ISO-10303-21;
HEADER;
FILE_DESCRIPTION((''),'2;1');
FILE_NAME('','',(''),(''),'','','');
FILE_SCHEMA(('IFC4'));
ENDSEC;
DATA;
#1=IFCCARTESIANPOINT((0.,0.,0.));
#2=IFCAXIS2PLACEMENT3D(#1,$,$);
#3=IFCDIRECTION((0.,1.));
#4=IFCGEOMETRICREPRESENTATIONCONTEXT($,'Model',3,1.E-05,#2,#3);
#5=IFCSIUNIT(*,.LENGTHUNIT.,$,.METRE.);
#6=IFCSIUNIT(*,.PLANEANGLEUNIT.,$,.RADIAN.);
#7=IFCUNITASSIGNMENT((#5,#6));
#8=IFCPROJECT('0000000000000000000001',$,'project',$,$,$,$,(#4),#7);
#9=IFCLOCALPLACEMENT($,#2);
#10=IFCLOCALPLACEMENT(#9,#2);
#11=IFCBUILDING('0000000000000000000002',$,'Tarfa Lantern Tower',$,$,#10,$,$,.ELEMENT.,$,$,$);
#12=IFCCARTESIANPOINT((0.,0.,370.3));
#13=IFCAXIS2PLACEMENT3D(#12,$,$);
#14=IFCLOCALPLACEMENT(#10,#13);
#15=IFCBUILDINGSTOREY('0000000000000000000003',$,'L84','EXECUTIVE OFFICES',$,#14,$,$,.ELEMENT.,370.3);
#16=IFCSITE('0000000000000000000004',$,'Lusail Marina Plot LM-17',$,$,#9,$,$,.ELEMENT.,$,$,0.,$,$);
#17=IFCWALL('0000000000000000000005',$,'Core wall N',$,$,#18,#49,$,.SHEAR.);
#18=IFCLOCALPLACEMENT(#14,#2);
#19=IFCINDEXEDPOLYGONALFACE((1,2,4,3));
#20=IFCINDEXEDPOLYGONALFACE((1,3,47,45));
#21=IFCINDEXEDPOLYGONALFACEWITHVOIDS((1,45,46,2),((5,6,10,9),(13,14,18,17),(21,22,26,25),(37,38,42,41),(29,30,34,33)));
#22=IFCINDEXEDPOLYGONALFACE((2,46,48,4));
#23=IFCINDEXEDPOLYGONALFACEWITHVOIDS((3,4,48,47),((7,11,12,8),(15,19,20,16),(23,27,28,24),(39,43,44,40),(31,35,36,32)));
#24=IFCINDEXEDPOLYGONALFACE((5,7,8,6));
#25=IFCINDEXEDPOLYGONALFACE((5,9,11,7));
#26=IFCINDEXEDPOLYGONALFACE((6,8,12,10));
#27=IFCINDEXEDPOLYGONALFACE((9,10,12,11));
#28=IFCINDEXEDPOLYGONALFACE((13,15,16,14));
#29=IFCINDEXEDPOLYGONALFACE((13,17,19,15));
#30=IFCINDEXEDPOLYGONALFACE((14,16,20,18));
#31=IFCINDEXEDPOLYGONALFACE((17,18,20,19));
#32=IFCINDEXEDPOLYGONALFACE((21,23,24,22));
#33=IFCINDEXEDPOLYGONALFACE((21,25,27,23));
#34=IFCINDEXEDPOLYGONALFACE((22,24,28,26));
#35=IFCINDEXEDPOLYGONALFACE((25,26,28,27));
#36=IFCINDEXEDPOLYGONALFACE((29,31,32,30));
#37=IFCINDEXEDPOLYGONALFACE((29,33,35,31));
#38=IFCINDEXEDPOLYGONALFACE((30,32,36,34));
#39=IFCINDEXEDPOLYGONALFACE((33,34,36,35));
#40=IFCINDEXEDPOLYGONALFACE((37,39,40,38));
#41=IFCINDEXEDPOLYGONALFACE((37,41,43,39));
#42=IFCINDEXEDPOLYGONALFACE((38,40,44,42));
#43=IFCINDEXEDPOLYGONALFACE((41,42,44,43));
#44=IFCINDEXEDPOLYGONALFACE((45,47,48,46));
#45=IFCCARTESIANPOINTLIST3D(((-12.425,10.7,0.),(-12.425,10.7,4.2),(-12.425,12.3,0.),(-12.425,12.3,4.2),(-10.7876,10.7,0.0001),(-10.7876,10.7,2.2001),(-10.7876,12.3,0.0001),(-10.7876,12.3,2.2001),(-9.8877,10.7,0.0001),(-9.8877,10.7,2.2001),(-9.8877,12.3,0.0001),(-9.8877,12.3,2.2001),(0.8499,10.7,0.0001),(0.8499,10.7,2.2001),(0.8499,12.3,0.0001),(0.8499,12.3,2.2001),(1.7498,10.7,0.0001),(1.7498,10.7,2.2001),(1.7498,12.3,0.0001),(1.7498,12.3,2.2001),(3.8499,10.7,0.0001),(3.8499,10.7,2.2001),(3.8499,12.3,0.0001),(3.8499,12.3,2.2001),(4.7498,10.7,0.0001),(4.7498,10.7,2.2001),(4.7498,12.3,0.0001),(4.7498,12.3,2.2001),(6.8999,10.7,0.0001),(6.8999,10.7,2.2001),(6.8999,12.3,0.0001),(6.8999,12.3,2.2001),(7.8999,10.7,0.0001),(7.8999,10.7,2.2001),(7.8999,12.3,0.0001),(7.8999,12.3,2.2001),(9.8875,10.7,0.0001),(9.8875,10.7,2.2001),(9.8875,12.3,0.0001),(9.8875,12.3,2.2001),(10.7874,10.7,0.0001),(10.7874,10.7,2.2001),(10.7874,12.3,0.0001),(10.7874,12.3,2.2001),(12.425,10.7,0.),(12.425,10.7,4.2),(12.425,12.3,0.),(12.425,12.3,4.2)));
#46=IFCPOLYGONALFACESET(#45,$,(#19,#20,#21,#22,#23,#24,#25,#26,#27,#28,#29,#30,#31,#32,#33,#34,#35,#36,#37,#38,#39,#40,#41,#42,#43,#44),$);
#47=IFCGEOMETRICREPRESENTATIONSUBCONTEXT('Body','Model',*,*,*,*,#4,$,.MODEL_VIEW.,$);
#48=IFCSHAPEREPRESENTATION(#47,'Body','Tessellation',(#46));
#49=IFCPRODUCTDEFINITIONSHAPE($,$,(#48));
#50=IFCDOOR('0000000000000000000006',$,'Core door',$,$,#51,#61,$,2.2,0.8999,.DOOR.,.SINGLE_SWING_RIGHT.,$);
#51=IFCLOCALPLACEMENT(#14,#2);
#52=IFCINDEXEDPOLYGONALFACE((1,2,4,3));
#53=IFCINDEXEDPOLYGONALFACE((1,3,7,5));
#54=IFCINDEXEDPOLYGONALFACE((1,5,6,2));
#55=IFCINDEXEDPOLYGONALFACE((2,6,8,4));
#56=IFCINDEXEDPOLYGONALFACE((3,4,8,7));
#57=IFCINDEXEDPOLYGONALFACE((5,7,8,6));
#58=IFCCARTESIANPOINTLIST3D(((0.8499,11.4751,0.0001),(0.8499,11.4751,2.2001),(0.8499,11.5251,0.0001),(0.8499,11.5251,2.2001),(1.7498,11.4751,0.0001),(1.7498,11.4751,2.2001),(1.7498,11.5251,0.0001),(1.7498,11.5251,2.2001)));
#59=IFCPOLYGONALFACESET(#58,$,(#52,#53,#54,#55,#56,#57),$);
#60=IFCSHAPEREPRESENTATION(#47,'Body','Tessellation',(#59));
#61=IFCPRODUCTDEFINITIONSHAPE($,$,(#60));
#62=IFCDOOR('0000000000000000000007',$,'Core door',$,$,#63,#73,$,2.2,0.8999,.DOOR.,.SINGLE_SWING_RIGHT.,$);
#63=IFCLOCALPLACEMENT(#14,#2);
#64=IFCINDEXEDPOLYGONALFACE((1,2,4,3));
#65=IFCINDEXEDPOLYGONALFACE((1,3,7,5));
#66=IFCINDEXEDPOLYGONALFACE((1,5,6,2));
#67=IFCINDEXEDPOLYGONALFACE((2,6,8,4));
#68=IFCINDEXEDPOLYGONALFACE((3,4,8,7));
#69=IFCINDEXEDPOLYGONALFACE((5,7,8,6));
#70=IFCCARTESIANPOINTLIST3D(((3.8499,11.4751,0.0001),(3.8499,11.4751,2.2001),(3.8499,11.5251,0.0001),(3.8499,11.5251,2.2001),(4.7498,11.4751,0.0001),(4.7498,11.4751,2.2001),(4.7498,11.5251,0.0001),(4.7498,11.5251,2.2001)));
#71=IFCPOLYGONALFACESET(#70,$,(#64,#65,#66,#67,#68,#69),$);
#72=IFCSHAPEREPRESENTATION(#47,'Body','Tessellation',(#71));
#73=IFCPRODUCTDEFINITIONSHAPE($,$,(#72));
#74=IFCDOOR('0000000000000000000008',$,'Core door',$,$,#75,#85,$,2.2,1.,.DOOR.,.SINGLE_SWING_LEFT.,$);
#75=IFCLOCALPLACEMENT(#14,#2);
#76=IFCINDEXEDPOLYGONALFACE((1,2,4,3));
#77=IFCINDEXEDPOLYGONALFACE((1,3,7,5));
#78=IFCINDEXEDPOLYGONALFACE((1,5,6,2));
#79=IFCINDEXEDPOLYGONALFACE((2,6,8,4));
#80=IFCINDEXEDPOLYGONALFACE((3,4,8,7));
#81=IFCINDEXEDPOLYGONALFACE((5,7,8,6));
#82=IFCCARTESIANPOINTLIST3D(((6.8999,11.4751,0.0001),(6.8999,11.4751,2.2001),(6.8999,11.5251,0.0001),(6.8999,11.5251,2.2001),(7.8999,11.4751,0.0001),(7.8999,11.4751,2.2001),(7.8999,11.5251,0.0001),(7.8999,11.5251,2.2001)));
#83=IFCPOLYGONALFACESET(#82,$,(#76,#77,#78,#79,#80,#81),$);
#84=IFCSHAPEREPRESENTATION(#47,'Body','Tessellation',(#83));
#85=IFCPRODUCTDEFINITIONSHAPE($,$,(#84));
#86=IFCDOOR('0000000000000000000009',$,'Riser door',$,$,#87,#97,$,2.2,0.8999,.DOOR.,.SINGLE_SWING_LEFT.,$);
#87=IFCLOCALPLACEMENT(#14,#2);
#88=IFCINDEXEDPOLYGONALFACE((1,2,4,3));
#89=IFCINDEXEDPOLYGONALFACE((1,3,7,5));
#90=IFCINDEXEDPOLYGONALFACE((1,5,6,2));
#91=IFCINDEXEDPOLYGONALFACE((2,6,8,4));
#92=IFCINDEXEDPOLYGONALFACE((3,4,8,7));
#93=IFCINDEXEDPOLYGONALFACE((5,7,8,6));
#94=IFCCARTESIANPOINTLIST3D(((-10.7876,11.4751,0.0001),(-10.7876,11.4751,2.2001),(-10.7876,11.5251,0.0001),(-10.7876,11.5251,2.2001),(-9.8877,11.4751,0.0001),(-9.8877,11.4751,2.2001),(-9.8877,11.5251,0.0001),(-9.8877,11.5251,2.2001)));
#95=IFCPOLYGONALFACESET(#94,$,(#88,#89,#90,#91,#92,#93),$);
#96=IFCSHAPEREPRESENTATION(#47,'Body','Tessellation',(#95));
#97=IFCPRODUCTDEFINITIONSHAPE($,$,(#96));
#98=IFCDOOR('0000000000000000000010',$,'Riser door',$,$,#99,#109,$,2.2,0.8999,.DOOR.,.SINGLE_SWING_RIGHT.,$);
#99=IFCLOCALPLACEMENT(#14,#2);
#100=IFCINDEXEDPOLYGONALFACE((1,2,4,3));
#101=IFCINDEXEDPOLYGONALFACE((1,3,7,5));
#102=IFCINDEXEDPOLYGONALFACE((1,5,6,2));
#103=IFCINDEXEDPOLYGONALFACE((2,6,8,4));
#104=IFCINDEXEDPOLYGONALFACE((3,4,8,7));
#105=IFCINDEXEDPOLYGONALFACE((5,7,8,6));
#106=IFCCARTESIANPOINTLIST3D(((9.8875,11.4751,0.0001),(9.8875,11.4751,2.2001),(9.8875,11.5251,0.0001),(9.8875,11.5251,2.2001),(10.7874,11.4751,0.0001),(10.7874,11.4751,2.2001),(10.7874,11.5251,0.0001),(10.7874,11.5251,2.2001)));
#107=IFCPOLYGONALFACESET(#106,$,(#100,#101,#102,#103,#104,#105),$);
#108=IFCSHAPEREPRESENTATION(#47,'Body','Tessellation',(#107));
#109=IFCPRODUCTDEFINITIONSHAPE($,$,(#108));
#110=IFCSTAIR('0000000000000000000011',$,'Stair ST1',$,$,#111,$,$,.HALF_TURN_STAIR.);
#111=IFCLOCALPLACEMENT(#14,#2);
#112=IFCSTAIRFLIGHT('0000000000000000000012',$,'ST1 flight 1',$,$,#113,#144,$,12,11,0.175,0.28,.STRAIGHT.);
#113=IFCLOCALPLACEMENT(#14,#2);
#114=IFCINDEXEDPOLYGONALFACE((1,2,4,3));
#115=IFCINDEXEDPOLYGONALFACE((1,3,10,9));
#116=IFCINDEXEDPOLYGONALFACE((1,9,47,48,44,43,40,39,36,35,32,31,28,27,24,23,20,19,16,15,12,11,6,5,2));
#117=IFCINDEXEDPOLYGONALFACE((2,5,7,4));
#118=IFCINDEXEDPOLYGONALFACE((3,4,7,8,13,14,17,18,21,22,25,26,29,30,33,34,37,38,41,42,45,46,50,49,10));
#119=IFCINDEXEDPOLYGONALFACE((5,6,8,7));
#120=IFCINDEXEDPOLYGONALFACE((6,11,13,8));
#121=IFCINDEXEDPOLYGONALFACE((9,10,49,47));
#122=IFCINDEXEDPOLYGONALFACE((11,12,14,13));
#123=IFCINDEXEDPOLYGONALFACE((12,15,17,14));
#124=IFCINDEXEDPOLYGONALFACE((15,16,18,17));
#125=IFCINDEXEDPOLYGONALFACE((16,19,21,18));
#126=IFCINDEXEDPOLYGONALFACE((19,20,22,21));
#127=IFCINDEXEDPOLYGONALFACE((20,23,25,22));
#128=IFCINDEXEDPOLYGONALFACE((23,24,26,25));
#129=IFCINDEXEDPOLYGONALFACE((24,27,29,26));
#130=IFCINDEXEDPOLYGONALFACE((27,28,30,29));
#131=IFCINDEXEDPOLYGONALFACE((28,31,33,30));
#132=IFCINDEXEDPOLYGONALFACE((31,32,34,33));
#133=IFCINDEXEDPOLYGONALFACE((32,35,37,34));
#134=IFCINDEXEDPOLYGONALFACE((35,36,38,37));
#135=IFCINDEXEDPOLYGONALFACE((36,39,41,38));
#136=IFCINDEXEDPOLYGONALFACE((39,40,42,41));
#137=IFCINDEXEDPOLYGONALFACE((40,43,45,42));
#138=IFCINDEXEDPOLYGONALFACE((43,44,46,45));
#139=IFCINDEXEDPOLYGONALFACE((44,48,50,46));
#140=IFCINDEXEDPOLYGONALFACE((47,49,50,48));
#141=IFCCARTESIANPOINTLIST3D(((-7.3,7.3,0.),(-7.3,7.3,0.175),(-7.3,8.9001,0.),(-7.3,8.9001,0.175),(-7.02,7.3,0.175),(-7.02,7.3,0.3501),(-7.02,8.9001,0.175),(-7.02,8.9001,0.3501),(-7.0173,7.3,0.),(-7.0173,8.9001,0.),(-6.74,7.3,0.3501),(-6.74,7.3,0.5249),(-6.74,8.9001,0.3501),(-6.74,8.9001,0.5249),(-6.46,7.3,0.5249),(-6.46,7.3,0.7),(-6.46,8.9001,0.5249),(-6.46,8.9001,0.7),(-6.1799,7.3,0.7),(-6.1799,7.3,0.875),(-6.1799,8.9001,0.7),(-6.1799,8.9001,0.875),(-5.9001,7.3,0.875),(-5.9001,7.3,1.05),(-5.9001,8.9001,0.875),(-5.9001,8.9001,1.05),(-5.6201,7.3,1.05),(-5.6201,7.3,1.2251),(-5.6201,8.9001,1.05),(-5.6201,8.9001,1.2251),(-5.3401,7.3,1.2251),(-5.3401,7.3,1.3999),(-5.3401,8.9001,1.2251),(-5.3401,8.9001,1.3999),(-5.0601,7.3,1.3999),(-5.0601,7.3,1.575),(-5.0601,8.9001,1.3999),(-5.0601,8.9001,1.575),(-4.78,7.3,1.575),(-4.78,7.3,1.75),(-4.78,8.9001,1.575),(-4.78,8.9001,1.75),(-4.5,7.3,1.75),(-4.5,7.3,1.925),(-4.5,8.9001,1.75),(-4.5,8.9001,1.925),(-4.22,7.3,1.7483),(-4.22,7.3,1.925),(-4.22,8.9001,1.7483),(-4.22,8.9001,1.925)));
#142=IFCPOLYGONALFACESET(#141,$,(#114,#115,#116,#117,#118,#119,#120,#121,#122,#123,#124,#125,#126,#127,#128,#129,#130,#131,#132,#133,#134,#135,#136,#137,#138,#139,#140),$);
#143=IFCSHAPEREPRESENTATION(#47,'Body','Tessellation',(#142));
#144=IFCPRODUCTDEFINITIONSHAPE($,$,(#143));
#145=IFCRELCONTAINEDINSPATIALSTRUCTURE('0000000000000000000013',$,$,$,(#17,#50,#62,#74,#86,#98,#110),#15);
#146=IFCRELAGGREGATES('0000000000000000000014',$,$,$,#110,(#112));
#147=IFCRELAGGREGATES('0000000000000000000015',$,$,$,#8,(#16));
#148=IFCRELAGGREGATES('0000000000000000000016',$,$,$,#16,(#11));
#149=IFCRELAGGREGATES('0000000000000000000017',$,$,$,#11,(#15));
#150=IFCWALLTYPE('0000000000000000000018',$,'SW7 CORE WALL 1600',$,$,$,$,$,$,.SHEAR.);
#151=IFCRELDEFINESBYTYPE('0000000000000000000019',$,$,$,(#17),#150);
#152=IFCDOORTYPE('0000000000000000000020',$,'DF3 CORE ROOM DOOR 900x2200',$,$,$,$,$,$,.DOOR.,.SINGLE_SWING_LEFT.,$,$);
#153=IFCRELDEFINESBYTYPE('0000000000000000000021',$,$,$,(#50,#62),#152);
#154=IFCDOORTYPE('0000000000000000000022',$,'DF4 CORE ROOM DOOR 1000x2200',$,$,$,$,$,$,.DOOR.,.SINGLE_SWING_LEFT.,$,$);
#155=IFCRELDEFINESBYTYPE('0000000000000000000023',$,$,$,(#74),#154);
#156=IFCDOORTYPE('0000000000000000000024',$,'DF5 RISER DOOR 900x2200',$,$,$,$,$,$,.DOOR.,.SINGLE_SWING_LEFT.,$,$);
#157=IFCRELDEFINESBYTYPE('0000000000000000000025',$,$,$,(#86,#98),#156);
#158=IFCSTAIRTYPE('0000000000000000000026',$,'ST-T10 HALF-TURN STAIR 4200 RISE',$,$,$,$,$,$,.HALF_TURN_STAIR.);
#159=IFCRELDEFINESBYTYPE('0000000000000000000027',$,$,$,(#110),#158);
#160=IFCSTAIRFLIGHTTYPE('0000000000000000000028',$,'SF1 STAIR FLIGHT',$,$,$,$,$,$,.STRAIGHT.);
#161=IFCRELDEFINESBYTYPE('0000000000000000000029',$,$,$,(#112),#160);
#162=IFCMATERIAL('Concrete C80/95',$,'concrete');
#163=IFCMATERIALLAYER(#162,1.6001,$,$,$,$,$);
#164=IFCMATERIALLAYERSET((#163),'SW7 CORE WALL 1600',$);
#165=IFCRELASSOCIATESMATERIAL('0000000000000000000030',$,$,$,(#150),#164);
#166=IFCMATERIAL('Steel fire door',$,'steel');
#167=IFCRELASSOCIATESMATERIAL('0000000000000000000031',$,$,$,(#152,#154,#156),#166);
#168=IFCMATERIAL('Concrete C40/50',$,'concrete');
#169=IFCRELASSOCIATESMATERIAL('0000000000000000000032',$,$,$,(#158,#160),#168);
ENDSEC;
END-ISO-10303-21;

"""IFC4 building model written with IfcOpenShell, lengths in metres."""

from ifc_helpers import new_model, si_unit, direction, frame, frame_2d, origin, place, context, subcontext, project, spatial, polyline, rectangle, outline, extrude, material, layer, layer_set, type_object, element, fill, aggregate, save


model = new_model("IFC4")

# Units and contexts
model_context = context("Model", 3, precision=1e-05, world=origin(), true_north=direction((0.0, 1.0)))
body_context = subcontext(model_context, "Body", "Model", "MODEL_VIEW")
ifc_project = project(units=[si_unit("LENGTHUNIT", "METRE"), si_unit("PLANEANGLEUNIT", "RADIAN")], contexts=[model_context])

# Site, building, storey
site_placement = place(None, origin())
site = spatial("IfcSite", under=ifc_project, at=site_placement, Name="Lusail Marina Plot LM-17", CompositionType="ELEMENT", RefElevation=0.0)
building_placement = place(site_placement, origin())
building = spatial("IfcBuilding", under=site, at=building_placement, Name="Tarfa Lantern Tower", CompositionType="ELEMENT")
storey_placement = place(building_placement, frame((0.0, 0.0, 370.3)))
storey = spatial("IfcBuildingStorey", under=building, at=storey_placement, Name="L84", Description="EXECUTIVE OFFICES", CompositionType="ELEMENT", Elevation=370.3)

# Shared definitions
ifc_material_1 = material(Name="Concrete C80/95", Category="concrete")
ifc_material_2 = material(Name="Steel fire door", Category="steel")

# Wall, openings, doors
ifc_layer_1 = layer(ifc_material_1, 1.6001)
ifc_layer_set_1 = layer_set([ifc_layer_1], Name="SW7 CORE WALL 1600")
wall_type_1 = type_object("IfcWallType", Name="SW7 CORE WALL 1600", PredefinedType="SHEAR", material=ifc_layer_set_1)
wall_1_placement = place(storey_placement, frame((-12.425, 11.5, 0.0), z_axis=(0.0, 0.0, 1.0), x_axis=(1.0, 0.0, 0.0)))
wall_1 = element("IfcWall", 1, at=wall_1_placement, inside=storey, type_object=wall_type_1, Name="Core wall N", PredefinedType="SHEAR", context=body_context, shape_type="SweptSolid", body=[
    extrude(rectangle(XDim=24.8501, YDim=1.6001, at=frame_2d((12.425, 0.0))), origin(), (0.0, 0.0, 1.0), 4.2),
])
opening_1_placement = place(wall_1_placement, frame((13.2749, 0.0, 0.0)))
opening_1 = element("IfcOpeningElement", 2, at=opening_1_placement, cuts=wall_1, PredefinedType="OPENING", context=body_context, shape_type="SweptSolid", body=[
    extrude(rectangle(XDim=0.8999, YDim=2.2, at=frame_2d((0.45, 1.1001))), frame((0.0, 0.8101, 0.0), z_axis=(0.0, -1.0, 0.0), x_axis=(1.0, 0.0, 0.0)), (0.0, 0.0, 1.0), 1.6201),
])
opening_2_placement = place(wall_1_placement, frame((16.2749, 0.0, 0.0)))
opening_2 = element("IfcOpeningElement", 3, at=opening_2_placement, cuts=wall_1, PredefinedType="OPENING", context=body_context, shape_type="SweptSolid", body=[
    extrude(rectangle(XDim=0.8999, YDim=2.2, at=frame_2d((0.45, 1.1001))), frame((0.0, 0.8101, 0.0), z_axis=(0.0, -1.0, 0.0), x_axis=(1.0, 0.0, 0.0)), (0.0, 0.0, 1.0), 1.6201),
])
opening_3_placement = place(wall_1_placement, frame((19.325, 0.0, 0.0)))
opening_3 = element("IfcOpeningElement", 4, at=opening_3_placement, cuts=wall_1, PredefinedType="OPENING", context=body_context, shape_type="SweptSolid", body=[
    extrude(rectangle(XDim=1.0, YDim=2.2, at=frame_2d((0.5, 1.1001))), frame((0.0, 0.8101, 0.0), z_axis=(0.0, -1.0, 0.0), x_axis=(1.0, 0.0, 0.0)), (0.0, 0.0, 1.0), 1.6201),
])
opening_4_placement = place(wall_1_placement, frame((1.6375, 0.0, 0.0)))
opening_4 = element("IfcOpeningElement", 5, at=opening_4_placement, cuts=wall_1, PredefinedType="OPENING", context=body_context, shape_type="SweptSolid", body=[
    extrude(rectangle(XDim=0.8999, YDim=2.2, at=frame_2d((0.45, 1.1001))), frame((0.0, 0.8101, 0.0), z_axis=(0.0, -1.0, 0.0), x_axis=(1.0, 0.0, 0.0)), (0.0, 0.0, 1.0), 1.6201),
])
opening_5_placement = place(wall_1_placement, frame((22.3125, 0.0, 0.0)))
opening_5 = element("IfcOpeningElement", 6, at=opening_5_placement, cuts=wall_1, PredefinedType="OPENING", context=body_context, shape_type="SweptSolid", body=[
    extrude(rectangle(XDim=0.8999, YDim=2.2, at=frame_2d((0.45, 1.1001))), frame((0.0, 0.8101, 0.0), z_axis=(0.0, -1.0, 0.0), x_axis=(1.0, 0.0, 0.0)), (0.0, 0.0, 1.0), 1.6201),
])
door_type_1 = type_object("IfcDoorType", Name="DF3 CORE ROOM DOOR 900x2200", OperationType="SINGLE_SWING_LEFT", PredefinedType="DOOR", material=ifc_material_2)
door_1_placement = place(opening_1_placement, frame((0.8999, 0.0, 0.0), z_axis=(0.0, 0.0, 1.0), x_axis=(-1.0, 0.0, 0.0)))
door_1 = element("IfcDoor", 7, at=door_1_placement, inside=storey, type_object=door_type_1, Name="Core door", OperationType="SINGLE_SWING_RIGHT", OverallHeight=2.2, OverallWidth=0.8999, PredefinedType="DOOR", context=body_context, shape_type="SweptSolid", body=[
    extrude(rectangle(XDim=0.8999, YDim=2.2, at=frame_2d((0.45, 1.1001))), frame((0.0, 0.0249, 0.0), z_axis=(0.0, -1.0, 0.0), x_axis=(1.0, 0.0, 0.0)), (0.0, 0.0, 1.0), 0.05),
])
fill(opening_1, door_1)
door_2_placement = place(opening_2_placement, frame((0.8999, 0.0, 0.0), z_axis=(0.0, 0.0, 1.0), x_axis=(-1.0, 0.0, 0.0)))
door_2 = element("IfcDoor", 8, at=door_2_placement, inside=storey, type_object=door_type_1, Name="Core door", OperationType="SINGLE_SWING_RIGHT", OverallHeight=2.2, OverallWidth=0.8999, PredefinedType="DOOR", context=body_context, shape_type="SweptSolid", body=[
    extrude(rectangle(XDim=0.8999, YDim=2.2, at=frame_2d((0.45, 1.1001))), frame((0.0, 0.0249, 0.0), z_axis=(0.0, -1.0, 0.0), x_axis=(1.0, 0.0, 0.0)), (0.0, 0.0, 1.0), 0.05),
])
fill(opening_2, door_2)
door_type_2 = type_object("IfcDoorType", Name="DF4 CORE ROOM DOOR 1000x2200", OperationType="SINGLE_SWING_LEFT", PredefinedType="DOOR", material=ifc_material_2)
door_3_placement = place(opening_3_placement, frame((1.0, 0.0, 0.0), z_axis=(0.0, 0.0, 1.0), x_axis=(-1.0, 0.0, 0.0)))
door_3 = element("IfcDoor", 9, at=door_3_placement, inside=storey, type_object=door_type_2, Name="Core door", OperationType="SINGLE_SWING_LEFT", OverallHeight=2.2, OverallWidth=1.0, PredefinedType="DOOR", context=body_context, shape_type="SweptSolid", body=[
    extrude(rectangle(XDim=1.0, YDim=2.2, at=frame_2d((0.5, 1.1001))), frame((0.0, 0.0249, 0.0), z_axis=(0.0, -1.0, 0.0), x_axis=(1.0, 0.0, 0.0)), (0.0, 0.0, 1.0), 0.05),
])
fill(opening_3, door_3)
door_type_3 = type_object("IfcDoorType", Name="DF5 RISER DOOR 900x2200", OperationType="SINGLE_SWING_LEFT", PredefinedType="DOOR", material=ifc_material_2)
door_4_placement = place(opening_4_placement, frame((0.8999, 0.0, 0.0), z_axis=(0.0, 0.0, 1.0), x_axis=(-1.0, 0.0, 0.0)))
door_4 = element("IfcDoor", 10, at=door_4_placement, inside=storey, type_object=door_type_3, Name="Riser door", OperationType="SINGLE_SWING_LEFT", OverallHeight=2.2, OverallWidth=0.8999, PredefinedType="DOOR", context=body_context, shape_type="SweptSolid", body=[
    extrude(rectangle(XDim=0.8999, YDim=2.2, at=frame_2d((0.45, 1.1001))), frame((0.0, 0.0249, 0.0), z_axis=(0.0, -1.0, 0.0), x_axis=(1.0, 0.0, 0.0)), (0.0, 0.0, 1.0), 0.05),
])
fill(opening_4, door_4)
door_5_placement = place(opening_5_placement, frame((0.8999, 0.0, 0.0), z_axis=(0.0, 0.0, 1.0), x_axis=(-1.0, 0.0, 0.0)))
door_5 = element("IfcDoor", 11, at=door_5_placement, inside=storey, type_object=door_type_3, Name="Riser door", OperationType="SINGLE_SWING_RIGHT", OverallHeight=2.2, OverallWidth=0.8999, PredefinedType="DOOR", context=body_context, shape_type="SweptSolid", body=[
    extrude(rectangle(XDim=0.8999, YDim=2.2, at=frame_2d((0.45, 1.1001))), frame((0.0, 0.0249, 0.0), z_axis=(0.0, -1.0, 0.0), x_axis=(1.0, 0.0, 0.0)), (0.0, 0.0, 1.0), 0.05),
])
fill(opening_5, door_5)

# Stair, stair flight
ifc_material_3 = material(Name="Concrete C40/50", Category="concrete")
stair_type = type_object("IfcStairType", Name="ST-T10 HALF-TURN STAIR 4200 RISE", PredefinedType="HALF_TURN_STAIR", material=ifc_material_3)
stair_placement = place(storey_placement, origin())
stair = element("IfcStair", 12, at=stair_placement, inside=storey, type_object=stair_type, Name="Stair ST1", PredefinedType="HALF_TURN_STAIR")
stair_flight_type = type_object("IfcStairFlightType", Name="SF1 STAIR FLIGHT", PredefinedType="STRAIGHT", material=ifc_material_3)
stair_flight_1_placement = place(storey_placement, frame((-7.3, 8.1001, 0.0), z_axis=(0.0, 0.0, 1.0), x_axis=(1.0, 0.0, 0.0)))
stair_flight_1 = element("IfcStairFlight", 13, at=stair_flight_1_placement, type_object=stair_flight_type, Name="ST1 flight 1", NumberOfRisers=12, NumberOfTreads=11, PredefinedType="STRAIGHT", RiserHeight=0.175, TreadLength=0.28, context=body_context, shape_type="SweptSolid", body=[
    extrude(outline(polyline([(0.0, 0.0), (0.0, 0.175), (0.28, 0.175), (0.28, 0.3501), (0.5601, 0.3501), (0.5601, 0.5249), (0.8401, 0.5249), (0.8401, 0.7), (1.1201, 0.7), (1.1201, 0.875), (1.3999, 0.875), (1.3999, 1.05), (1.6799, 1.05), (1.6799, 1.2251), (1.96, 1.2251), (1.96, 1.3999), (2.24, 1.3999), (2.24, 1.575), (2.52, 1.575), (2.52, 1.75), (2.8, 1.75), (2.8, 1.925), (3.0801, 1.925), (3.0801, 2.1001), (3.0801, 1.7483), (0.2827, 0.0), (0.0, 0.0)])), frame((0.0, 0.8, 0.0), z_axis=(0.0, -1.0, 0.0), x_axis=(1.0, 0.0, 0.0)), (0.0, 0.0, 1.0), 1.6001),
])
aggregate(stair, [stair_flight_1])

save(model, "model.ifc")
